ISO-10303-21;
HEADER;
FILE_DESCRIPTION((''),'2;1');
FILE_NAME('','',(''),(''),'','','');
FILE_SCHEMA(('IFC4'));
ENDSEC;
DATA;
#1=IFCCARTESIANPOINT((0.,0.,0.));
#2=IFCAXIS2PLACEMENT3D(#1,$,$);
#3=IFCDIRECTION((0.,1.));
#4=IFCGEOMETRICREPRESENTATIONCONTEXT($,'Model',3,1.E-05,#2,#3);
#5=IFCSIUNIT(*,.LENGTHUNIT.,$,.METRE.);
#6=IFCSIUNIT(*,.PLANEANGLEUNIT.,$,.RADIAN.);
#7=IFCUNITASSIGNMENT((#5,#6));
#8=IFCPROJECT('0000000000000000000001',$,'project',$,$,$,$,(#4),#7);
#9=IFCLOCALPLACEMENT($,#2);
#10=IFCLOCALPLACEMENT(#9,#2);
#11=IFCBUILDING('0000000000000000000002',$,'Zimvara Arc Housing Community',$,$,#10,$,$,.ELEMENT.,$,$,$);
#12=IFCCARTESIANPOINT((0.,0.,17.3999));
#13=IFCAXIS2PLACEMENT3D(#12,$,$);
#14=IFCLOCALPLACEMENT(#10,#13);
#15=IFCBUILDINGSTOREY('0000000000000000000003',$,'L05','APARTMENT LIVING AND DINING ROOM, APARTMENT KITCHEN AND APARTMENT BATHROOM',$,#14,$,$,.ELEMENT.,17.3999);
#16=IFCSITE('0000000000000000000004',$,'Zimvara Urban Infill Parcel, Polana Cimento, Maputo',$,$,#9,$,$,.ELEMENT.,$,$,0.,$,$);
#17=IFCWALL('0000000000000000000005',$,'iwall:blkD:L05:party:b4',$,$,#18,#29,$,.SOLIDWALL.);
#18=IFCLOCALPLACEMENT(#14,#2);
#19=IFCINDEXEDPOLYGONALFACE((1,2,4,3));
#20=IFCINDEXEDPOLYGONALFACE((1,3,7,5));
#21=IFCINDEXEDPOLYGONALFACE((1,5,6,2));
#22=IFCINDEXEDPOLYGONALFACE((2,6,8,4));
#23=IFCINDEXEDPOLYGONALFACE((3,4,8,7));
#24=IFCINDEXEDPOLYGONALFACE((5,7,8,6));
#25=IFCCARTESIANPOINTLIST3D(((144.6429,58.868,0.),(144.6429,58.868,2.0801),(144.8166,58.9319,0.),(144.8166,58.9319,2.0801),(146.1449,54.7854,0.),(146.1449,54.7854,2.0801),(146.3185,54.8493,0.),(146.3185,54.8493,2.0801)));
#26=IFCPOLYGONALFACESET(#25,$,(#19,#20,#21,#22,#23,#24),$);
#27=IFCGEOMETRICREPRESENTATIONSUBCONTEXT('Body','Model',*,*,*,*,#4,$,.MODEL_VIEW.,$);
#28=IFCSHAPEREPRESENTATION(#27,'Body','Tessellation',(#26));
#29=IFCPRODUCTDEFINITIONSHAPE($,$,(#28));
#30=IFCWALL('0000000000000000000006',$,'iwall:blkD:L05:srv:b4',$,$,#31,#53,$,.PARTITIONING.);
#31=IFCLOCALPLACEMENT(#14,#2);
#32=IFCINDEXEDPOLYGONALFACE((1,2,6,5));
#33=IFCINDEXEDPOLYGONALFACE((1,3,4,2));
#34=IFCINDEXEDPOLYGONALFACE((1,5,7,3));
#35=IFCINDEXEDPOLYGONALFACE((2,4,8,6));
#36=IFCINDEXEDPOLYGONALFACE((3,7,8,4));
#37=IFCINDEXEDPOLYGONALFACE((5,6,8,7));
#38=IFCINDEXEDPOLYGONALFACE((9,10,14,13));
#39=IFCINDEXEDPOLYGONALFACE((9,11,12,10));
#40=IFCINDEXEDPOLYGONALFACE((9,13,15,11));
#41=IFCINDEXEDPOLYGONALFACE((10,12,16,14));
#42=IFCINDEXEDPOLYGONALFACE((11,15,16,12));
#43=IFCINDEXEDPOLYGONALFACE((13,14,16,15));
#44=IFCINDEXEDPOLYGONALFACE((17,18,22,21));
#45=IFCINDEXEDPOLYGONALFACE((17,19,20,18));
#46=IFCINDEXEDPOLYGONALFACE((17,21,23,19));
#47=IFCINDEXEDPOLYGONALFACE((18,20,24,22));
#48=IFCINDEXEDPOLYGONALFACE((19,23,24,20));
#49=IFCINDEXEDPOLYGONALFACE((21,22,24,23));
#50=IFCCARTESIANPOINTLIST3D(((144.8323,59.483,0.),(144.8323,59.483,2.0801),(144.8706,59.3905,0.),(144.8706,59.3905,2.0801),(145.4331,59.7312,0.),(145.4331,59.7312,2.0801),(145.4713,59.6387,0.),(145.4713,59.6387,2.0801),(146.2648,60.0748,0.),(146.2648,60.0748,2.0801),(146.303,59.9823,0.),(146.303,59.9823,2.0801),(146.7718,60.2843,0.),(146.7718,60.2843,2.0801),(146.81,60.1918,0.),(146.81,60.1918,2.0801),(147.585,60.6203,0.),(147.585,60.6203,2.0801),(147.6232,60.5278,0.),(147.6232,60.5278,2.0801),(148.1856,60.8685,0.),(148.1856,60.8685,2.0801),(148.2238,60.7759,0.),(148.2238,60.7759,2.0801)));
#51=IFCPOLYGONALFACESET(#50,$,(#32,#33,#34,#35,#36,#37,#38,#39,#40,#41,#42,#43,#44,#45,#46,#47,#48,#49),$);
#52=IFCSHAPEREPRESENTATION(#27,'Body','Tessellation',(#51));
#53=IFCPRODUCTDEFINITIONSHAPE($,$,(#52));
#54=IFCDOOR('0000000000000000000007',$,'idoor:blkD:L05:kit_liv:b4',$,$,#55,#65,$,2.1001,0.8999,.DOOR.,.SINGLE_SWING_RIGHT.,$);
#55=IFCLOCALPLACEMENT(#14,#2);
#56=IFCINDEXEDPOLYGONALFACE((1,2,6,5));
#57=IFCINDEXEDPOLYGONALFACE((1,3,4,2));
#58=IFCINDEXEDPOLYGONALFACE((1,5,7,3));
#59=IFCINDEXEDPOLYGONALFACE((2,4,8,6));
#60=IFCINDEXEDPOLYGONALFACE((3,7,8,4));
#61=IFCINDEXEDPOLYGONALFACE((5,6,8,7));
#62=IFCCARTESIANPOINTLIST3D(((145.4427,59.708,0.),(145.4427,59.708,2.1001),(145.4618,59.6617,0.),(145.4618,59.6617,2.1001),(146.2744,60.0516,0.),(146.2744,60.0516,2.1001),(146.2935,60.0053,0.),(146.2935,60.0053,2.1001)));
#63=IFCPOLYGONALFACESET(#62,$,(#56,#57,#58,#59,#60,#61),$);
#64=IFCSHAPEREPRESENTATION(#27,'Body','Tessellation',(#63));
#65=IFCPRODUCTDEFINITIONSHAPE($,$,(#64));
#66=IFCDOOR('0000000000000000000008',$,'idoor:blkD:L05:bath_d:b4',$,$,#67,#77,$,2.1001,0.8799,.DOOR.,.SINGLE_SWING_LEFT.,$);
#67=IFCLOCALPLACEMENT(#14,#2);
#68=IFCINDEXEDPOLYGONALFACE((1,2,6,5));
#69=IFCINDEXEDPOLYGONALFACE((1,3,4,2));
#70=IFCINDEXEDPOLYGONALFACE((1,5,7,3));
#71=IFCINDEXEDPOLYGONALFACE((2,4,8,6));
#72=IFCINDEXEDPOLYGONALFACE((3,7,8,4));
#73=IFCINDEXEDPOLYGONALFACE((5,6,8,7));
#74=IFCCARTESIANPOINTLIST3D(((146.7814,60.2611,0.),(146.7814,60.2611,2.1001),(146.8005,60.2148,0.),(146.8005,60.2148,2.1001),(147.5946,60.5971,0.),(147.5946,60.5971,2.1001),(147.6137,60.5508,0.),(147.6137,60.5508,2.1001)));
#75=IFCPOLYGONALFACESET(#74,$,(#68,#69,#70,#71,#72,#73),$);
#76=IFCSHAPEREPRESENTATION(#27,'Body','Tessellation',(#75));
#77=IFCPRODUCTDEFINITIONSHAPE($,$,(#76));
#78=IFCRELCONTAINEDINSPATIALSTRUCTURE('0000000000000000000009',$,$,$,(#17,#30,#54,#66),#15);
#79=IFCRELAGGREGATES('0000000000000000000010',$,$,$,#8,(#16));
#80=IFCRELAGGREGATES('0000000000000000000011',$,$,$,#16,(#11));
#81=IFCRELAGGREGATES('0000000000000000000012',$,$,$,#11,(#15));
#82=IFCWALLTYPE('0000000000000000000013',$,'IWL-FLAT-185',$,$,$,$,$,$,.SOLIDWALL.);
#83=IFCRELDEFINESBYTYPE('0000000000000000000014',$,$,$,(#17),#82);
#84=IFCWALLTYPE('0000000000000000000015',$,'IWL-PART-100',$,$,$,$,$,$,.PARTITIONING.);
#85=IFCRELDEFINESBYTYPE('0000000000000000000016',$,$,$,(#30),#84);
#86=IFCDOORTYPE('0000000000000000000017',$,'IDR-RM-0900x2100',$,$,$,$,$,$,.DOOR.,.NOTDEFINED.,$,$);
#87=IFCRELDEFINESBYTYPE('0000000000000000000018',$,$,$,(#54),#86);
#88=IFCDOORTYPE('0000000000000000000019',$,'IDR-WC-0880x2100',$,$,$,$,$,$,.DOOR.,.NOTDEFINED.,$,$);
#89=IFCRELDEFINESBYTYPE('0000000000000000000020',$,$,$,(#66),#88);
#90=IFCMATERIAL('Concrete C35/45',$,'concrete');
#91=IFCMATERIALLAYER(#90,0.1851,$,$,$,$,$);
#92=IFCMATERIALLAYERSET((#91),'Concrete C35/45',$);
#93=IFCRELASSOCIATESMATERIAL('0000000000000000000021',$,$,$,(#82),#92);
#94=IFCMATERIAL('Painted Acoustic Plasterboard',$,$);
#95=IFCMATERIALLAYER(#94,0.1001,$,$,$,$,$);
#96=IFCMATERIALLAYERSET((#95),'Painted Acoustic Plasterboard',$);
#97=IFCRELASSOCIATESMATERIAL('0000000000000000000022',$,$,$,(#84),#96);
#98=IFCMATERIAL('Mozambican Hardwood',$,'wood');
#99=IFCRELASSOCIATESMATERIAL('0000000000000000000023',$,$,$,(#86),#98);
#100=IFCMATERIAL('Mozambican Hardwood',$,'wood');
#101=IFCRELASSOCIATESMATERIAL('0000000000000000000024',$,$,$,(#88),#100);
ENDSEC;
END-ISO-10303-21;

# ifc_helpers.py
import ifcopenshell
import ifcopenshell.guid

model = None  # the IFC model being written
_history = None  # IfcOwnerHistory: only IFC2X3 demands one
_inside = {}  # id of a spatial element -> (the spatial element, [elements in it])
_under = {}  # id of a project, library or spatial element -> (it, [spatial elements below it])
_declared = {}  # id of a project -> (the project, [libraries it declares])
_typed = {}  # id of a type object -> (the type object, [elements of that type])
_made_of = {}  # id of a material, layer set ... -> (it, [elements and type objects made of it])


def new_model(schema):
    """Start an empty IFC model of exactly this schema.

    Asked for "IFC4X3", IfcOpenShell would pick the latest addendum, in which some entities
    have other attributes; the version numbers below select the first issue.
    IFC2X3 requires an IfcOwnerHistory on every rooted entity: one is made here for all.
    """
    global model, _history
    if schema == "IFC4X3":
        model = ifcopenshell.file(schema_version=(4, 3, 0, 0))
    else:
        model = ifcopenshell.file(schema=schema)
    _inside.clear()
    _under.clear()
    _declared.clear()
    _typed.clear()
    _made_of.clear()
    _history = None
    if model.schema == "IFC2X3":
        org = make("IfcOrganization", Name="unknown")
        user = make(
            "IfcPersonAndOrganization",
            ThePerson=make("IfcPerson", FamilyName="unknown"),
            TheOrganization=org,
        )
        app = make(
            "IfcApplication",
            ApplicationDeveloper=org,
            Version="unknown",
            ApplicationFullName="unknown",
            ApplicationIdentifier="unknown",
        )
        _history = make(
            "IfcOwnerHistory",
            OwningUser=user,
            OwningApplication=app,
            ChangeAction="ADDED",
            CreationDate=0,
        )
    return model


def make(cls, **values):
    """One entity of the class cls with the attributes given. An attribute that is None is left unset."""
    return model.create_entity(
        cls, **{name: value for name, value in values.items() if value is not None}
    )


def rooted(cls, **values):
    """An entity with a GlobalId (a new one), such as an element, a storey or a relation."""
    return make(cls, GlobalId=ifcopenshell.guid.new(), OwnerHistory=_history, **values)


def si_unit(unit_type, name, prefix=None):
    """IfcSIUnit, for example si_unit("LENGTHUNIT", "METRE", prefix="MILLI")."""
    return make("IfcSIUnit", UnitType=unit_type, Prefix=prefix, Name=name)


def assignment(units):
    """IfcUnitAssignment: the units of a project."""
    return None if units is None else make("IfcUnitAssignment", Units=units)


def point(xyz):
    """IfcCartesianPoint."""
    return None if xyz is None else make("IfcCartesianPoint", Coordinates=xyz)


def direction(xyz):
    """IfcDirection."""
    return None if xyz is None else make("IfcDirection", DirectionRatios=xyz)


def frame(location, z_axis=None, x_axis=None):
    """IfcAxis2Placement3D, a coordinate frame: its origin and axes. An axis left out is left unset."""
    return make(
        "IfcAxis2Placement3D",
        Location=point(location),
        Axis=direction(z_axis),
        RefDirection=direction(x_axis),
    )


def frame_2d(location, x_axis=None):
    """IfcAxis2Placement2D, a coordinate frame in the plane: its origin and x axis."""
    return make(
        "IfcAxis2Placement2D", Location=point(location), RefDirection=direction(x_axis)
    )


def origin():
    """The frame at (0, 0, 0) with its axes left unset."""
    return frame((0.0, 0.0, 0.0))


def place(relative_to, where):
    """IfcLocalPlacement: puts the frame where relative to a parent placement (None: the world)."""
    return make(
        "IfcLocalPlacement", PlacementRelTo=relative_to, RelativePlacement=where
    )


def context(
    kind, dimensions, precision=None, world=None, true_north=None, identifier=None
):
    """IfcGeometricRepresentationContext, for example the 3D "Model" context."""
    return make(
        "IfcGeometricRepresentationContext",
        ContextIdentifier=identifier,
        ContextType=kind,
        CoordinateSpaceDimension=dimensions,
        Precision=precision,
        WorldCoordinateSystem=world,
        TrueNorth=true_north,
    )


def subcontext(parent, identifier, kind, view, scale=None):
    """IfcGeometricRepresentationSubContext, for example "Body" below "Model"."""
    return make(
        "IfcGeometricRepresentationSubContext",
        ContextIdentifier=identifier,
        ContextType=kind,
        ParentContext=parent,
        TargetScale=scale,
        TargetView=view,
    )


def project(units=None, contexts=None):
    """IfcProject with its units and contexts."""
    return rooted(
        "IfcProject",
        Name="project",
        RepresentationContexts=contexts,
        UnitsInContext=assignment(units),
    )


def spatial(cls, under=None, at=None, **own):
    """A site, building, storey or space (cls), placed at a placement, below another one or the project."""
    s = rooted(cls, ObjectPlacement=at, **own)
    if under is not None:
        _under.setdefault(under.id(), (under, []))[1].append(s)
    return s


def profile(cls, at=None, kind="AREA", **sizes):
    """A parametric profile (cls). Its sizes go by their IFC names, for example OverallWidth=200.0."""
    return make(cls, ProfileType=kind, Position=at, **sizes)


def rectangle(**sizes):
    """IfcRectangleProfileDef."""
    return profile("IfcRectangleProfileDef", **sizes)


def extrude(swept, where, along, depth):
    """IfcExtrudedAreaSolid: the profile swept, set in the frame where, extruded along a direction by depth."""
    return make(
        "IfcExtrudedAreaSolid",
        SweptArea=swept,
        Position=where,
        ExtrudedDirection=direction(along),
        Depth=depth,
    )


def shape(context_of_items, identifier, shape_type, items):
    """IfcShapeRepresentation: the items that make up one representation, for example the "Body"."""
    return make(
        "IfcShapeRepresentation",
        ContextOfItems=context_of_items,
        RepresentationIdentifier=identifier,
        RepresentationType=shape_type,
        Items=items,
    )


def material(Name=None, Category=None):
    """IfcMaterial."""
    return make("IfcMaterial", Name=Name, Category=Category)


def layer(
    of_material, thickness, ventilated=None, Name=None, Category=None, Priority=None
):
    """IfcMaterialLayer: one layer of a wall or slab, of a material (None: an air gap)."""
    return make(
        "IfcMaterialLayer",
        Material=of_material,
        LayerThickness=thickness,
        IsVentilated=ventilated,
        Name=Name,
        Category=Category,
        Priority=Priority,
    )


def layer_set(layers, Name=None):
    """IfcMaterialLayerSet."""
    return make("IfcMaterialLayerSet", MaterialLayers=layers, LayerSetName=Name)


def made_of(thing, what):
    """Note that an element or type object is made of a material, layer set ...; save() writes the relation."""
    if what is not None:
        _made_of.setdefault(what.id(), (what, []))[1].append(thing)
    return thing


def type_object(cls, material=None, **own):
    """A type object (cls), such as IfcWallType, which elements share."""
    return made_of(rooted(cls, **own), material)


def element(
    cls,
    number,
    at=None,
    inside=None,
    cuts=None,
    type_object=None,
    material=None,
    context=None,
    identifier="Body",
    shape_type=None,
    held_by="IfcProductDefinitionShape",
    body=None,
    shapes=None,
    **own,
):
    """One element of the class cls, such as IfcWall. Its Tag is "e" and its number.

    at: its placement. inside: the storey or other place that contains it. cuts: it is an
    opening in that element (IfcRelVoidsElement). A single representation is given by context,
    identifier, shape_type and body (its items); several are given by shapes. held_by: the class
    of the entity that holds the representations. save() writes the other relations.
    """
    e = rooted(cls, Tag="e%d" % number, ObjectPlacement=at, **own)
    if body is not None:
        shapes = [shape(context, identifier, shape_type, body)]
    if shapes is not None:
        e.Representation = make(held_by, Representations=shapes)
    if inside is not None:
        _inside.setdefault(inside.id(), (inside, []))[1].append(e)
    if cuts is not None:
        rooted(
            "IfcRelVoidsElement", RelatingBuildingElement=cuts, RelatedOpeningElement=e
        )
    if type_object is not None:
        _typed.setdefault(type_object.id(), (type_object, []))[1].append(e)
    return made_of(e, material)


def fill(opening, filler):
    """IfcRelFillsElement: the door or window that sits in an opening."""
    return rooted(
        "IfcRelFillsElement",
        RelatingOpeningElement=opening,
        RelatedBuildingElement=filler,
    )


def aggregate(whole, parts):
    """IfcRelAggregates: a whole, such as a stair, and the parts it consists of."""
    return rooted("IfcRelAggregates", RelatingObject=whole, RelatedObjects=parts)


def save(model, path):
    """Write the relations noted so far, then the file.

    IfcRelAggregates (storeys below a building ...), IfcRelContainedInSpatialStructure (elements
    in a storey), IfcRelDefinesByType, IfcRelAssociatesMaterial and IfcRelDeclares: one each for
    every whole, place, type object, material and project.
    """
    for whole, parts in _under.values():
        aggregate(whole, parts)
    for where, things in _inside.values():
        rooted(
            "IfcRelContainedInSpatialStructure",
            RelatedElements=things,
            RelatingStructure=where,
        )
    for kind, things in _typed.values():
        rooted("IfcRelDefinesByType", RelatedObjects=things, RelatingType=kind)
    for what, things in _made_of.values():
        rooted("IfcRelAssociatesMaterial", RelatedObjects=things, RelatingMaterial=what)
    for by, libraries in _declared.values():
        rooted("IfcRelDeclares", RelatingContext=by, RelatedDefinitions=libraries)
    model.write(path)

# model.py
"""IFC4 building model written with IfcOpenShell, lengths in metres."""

from ifc_helpers import new_model, si_unit, direction, frame, frame_2d, origin, place, context, subcontext, project, spatial, rectangle, extrude, material, layer, layer_set, type_object, element, fill, save


model = new_model("IFC4")

# Units and contexts
model_context = context("Model", 3, precision=1e-05, world=origin(), true_north=direction((0.0, 1.0)))
body_context = subcontext(model_context, "Body", "Model", "MODEL_VIEW")
ifc_project = project(units=[si_unit("LENGTHUNIT", "METRE"), si_unit("PLANEANGLEUNIT", "RADIAN")], contexts=[model_context])

# Site, building, storey
site_placement = place(None, origin())
site = spatial("IfcSite", under=ifc_project, at=site_placement, Name="Zimvara Urban Infill Parcel, Polana Cimento, Maputo", CompositionType="ELEMENT", RefElevation=0.0)
building_placement = place(site_placement, origin())
building = spatial("IfcBuilding", under=site, at=building_placement, Name="Zimvara Arc Housing Community", CompositionType="ELEMENT")
storey_placement = place(building_placement, frame((0.0, 0.0, 17.3999)))
storey = spatial("IfcBuildingStorey", under=building, at=storey_placement, Name="L05", Description="APARTMENT LIVING AND DINING ROOM, APARTMENT KITCHEN AND APARTMENT BATHROOM", CompositionType="ELEMENT", Elevation=17.3999)

# Wall
ifc_material_1 = material(Name="Concrete C35/45", Category="concrete")
ifc_layer_1 = layer(ifc_material_1, 0.1851)
ifc_layer_set_1 = layer_set([ifc_layer_1], Name="Concrete C35/45")
wall_type_1 = type_object("IfcWallType", Name="IWL-FLAT-185", PredefinedType="SOLIDWALL", material=ifc_layer_set_1)
wall_1_placement = place(storey_placement, frame((144.7297, 58.8999, 0.0), z_axis=(0.0, 0.0, 1.0), x_axis=(0.345274, -0.938502, 0.0)))
element("IfcWall", 1, at=wall_1_placement, inside=storey, type_object=wall_type_1, Name="iwall:blkD:L05:party:b4", PredefinedType="SOLIDWALL", context=body_context, shape_type="SweptSolid", body=[
    extrude(rectangle(XDim=4.3501, YDim=0.1851, at=frame_2d((2.175, 0.0))), origin(), (0.0, 0.0, 1.0), 2.0801),
])

# Wall, openings, doors
ifc_material_2 = material(Name="Painted Acoustic Plasterboard")
ifc_layer_2 = layer(ifc_material_2, 0.1001)
ifc_layer_set_2 = layer_set([ifc_layer_2], Name="Painted Acoustic Plasterboard")
wall_type_2 = type_object("IfcWallType", Name="IWL-PART-100", PredefinedType="PARTITIONING", material=ifc_layer_set_2)
wall_2_placement = place(storey_placement, frame((144.8516, 59.4368, 0.0), z_axis=(0.0, 0.0, 1.0), x_axis=(0.924218, 0.381866, 0.0)))
wall_2 = element("IfcWall", 2, at=wall_2_placement, inside=storey, type_object=wall_type_2, Name="iwall:blkD:L05:srv:b4", PredefinedType="PARTITIONING", context=body_context, shape_type="SweptSolid", body=[
    extrude(rectangle(XDim=3.6282, YDim=0.1001, at=frame_2d((1.814, 0.0))), origin(), (0.0, 0.0, 1.0), 2.0801),
])
opening_1_placement = place(wall_2_placement, frame((0.6499, 0.0, 0.0)))
opening_1 = element("IfcOpeningElement", 3, at=opening_1_placement, cuts=wall_2, PredefinedType="OPENING", context=body_context, shape_type="SweptSolid", body=[
    extrude(rectangle(XDim=0.8999, YDim=2.1001, at=frame_2d((0.45, 1.05))), frame((0.0, 0.0601, 0.0), z_axis=(0.0, -1.0, 0.0), x_axis=(1.0, 0.0, 0.0)), (0.0, 0.0, 1.0), 0.1201),
])
opening_2_placement = place(wall_2_placement, frame((2.0984, 0.0, 0.0)))
opening_2 = element("IfcOpeningElement", 4, at=opening_2_placement, cuts=wall_2, PredefinedType="OPENING", context=body_context, shape_type="SweptSolid", body=[
    extrude(rectangle(XDim=0.8799, YDim=2.1001, at=frame_2d((0.4399, 1.05))), frame((0.0, 0.0601, 0.0), z_axis=(0.0, -1.0, 0.0), x_axis=(1.0, 0.0, 0.0)), (0.0, 0.0, 1.0), 0.1201),
])
ifc_material_3 = material(Name="Mozambican Hardwood", Category="wood")
door_type_1 = type_object("IfcDoorType", Name="IDR-RM-0900x2100", OperationType="NOTDEFINED", PredefinedType="DOOR", material=ifc_material_3)
door_1_placement = place(opening_1_placement, origin())
door_1 = element("IfcDoor", 5, at=door_1_placement, inside=storey, type_object=door_type_1, Name="idoor:blkD:L05:kit_liv:b4", OperationType="SINGLE_SWING_RIGHT", OverallHeight=2.1001, OverallWidth=0.8999, PredefinedType="DOOR", context=body_context, shape_type="SweptSolid", body=[
    extrude(rectangle(XDim=0.8999, YDim=2.1001, at=frame_2d((0.45, 1.05))), frame((0.0, 0.0249, 0.0), z_axis=(0.0, -1.0, 0.0), x_axis=(1.0, 0.0, 0.0)), (0.0, 0.0, 1.0), 0.05),
])
fill(opening_1, door_1)
ifc_material_4 = material(Name="Mozambican Hardwood", Category="wood")
door_type_2 = type_object("IfcDoorType", Name="IDR-WC-0880x2100", OperationType="NOTDEFINED", PredefinedType="DOOR", material=ifc_material_4)
door_2_placement = place(opening_2_placement, origin())
door_2 = element("IfcDoor", 6, at=door_2_placement, inside=storey, type_object=door_type_2, Name="idoor:blkD:L05:bath_d:b4", OperationType="SINGLE_SWING_LEFT", OverallHeight=2.1001, OverallWidth=0.8799, PredefinedType="DOOR", context=body_context, shape_type="SweptSolid", body=[
    extrude(rectangle(XDim=0.8799, YDim=2.1001, at=frame_2d((0.4399, 1.05))), frame((0.0, 0.0249, 0.0), z_axis=(0.0, -1.0, 0.0), x_axis=(1.0, 0.0, 0.0)), (0.0, 0.0, 1.0), 0.05),
])
fill(opening_2, door_2)

save(model, "model.ifc")
